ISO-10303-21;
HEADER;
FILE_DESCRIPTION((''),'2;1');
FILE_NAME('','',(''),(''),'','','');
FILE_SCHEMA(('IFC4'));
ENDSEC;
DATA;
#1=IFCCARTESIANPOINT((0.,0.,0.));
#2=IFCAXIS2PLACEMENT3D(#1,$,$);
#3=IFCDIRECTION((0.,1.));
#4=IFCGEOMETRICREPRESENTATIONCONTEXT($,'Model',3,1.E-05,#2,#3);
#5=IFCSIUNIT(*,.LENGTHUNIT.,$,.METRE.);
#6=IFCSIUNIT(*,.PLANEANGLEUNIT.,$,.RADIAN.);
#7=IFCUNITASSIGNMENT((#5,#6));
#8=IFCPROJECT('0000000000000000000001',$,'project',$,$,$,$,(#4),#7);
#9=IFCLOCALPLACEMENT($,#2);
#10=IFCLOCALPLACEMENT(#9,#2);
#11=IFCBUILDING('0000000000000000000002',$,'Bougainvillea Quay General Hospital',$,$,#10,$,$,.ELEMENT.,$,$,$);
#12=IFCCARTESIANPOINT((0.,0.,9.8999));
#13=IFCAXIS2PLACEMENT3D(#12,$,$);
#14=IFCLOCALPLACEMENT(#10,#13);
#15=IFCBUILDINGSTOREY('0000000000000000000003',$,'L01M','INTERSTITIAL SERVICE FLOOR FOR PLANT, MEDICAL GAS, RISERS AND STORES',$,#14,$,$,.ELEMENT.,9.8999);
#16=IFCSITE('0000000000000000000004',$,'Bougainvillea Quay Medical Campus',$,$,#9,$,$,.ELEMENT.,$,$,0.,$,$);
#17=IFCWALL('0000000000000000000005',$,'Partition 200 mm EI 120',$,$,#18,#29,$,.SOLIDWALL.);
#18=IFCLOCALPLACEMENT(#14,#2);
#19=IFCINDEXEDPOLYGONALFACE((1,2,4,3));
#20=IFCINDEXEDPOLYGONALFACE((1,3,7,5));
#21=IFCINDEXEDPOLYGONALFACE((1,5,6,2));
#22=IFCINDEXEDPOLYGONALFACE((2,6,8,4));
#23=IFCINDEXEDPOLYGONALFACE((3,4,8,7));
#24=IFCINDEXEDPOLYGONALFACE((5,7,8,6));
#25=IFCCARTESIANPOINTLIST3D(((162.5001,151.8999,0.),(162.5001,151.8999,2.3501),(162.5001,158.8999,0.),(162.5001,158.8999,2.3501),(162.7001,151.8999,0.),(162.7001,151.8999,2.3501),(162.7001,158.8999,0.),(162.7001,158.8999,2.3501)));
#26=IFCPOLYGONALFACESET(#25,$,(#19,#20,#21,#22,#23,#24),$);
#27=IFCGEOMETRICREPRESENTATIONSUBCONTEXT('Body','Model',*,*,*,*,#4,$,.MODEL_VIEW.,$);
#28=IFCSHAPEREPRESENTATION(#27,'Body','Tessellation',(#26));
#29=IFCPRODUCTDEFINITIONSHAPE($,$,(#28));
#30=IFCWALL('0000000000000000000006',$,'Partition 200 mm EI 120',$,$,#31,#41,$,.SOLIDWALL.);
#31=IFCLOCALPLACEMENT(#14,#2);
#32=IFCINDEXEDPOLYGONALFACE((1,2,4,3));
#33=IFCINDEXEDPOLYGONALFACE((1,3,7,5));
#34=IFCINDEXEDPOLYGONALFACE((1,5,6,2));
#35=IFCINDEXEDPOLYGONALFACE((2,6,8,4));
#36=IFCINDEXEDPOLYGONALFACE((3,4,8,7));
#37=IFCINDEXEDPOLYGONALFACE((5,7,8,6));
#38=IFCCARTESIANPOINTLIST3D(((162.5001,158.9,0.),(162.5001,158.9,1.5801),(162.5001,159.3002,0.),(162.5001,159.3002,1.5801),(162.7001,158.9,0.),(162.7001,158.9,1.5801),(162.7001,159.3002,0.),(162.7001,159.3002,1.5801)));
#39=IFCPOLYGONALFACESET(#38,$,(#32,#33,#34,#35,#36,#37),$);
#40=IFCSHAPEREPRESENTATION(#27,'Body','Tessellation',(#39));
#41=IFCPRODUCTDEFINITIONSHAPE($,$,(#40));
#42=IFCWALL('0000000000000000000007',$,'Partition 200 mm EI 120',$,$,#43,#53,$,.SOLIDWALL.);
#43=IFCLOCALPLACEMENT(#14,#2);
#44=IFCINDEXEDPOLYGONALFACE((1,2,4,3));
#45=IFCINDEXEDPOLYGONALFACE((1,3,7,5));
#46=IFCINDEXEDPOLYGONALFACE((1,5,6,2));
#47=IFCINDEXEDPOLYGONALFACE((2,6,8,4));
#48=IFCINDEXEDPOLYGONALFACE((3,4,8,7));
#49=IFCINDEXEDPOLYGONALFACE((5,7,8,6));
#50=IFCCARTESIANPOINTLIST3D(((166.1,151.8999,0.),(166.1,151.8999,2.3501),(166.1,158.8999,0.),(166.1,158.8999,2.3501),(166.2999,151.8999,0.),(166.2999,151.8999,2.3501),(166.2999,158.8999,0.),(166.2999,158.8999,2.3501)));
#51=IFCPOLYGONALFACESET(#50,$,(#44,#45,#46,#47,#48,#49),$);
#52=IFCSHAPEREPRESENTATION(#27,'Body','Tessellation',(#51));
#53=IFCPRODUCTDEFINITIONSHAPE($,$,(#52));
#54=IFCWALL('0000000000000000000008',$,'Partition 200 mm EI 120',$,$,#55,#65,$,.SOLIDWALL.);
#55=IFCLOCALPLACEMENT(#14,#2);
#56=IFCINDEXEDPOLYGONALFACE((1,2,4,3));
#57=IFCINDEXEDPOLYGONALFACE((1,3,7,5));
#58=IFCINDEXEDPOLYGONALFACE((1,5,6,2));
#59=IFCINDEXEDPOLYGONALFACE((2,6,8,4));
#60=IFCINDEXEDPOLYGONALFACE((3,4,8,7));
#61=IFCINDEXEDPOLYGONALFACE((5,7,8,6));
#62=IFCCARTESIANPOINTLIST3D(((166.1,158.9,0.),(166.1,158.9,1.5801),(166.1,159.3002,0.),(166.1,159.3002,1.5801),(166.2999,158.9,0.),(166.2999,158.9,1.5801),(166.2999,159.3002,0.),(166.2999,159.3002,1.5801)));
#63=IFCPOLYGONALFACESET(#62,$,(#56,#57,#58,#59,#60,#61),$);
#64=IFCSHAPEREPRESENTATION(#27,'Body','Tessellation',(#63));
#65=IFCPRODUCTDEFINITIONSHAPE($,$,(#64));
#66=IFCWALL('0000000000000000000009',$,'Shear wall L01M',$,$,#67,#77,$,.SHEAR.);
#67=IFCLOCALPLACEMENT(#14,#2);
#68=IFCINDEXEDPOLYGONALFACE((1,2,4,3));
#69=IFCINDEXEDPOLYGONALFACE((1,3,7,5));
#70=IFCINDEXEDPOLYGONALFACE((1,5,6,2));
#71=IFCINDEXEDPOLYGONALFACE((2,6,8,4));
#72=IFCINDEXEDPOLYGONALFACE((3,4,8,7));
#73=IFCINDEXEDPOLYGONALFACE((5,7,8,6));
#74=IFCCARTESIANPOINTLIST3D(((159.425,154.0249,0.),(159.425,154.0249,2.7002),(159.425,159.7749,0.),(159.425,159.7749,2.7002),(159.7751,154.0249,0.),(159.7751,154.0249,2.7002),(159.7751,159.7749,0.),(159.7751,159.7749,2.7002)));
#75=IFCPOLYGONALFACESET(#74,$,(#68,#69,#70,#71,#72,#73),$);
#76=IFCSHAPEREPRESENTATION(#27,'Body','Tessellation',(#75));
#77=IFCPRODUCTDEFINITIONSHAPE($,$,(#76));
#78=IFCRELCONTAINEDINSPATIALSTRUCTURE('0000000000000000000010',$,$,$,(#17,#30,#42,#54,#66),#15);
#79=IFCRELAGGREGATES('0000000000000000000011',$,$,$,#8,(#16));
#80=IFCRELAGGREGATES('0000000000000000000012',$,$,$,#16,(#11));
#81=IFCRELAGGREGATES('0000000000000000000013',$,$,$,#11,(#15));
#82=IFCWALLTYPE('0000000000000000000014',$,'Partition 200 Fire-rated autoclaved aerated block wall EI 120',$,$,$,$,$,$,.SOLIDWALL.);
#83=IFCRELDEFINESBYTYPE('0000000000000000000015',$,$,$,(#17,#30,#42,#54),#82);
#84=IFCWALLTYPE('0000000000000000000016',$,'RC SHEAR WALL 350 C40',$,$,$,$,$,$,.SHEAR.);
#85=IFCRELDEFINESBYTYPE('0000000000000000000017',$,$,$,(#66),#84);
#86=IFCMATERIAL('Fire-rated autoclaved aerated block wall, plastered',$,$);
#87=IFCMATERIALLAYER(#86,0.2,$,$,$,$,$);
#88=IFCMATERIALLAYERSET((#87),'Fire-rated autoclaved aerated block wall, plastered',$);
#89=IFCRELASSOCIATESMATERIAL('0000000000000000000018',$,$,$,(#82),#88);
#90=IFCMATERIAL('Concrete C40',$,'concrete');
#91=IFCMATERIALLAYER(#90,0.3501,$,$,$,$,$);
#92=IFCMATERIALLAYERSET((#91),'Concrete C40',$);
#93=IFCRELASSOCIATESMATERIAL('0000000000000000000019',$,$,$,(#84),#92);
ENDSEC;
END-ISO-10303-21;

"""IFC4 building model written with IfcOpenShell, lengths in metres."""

from ifc_helpers import new_model, si_unit, direction, frame, frame_2d, origin, place, context, subcontext, project, spatial, rectangle, extrude, material, layer, layer_set, type_object, element, save


model = new_model("IFC4")

# Units and contexts
model_context = context("Model", 3, precision=1e-05, world=origin(), true_north=direction((0.0, 1.0)))
body_context = subcontext(model_context, "Body", "Model", "MODEL_VIEW")
ifc_project = project(units=[si_unit("LENGTHUNIT", "METRE"), si_unit("PLANEANGLEUNIT", "RADIAN")], contexts=[model_context])

# Site, building, storey
site_placement = place(None, origin())
site = spatial("IfcSite", under=ifc_project, at=site_placement, Name="Bougainvillea Quay Medical Campus", CompositionType="ELEMENT", RefElevation=0.0)
building_placement = place(site_placement, origin())
building = spatial("IfcBuilding", under=site, at=building_placement, Name="Bougainvillea Quay General Hospital", CompositionType="ELEMENT")
storey_placement = place(building_placement, frame((0.0, 0.0, 9.8999)))
storey = spatial("IfcBuildingStorey", under=building, at=storey_placement, Name="L01M", Description="INTERSTITIAL SERVICE FLOOR FOR PLANT, MEDICAL GAS, RISERS AND STORES", CompositionType="ELEMENT", Elevation=9.8999)

# Shared definitions
ifc_material_1 = material(Name="Fire-rated autoclaved aerated block wall, plastered")
ifc_layer_1 = layer(ifc_material_1, 0.2)
ifc_layer_set_1 = layer_set([ifc_layer_1], Name="Fire-rated autoclaved aerated block wall, plastered")
wall_type_1 = type_object("IfcWallType", Name="Partition 200 Fire-rated autoclaved aerated block wall EI 120", PredefinedType="SOLIDWALL", material=ifc_layer_set_1)

# Walls
wall_1_placement = place(storey_placement, frame((162.6001, 151.8999, 0.0), z_axis=(0.0, 0.0, 1.0), x_axis=(0.0, 1.0, 0.0)))
element("IfcWall", 1, at=wall_1_placement, inside=storey, type_object=wall_type_1, Name="Partition 200 mm EI 120", PredefinedType="SOLIDWALL", context=body_context, shape_type="SweptSolid", body=[
    extrude(rectangle(XDim=7.0, YDim=0.2, at=frame_2d((3.5, 0.0))), origin(), (0.0, 0.0, 1.0), 2.3501),
])
wall_2_placement = place(storey_placement, frame((162.6001, 158.8999, 0.0), z_axis=(0.0, 0.0, 1.0), x_axis=(0.0, 1.0, 0.0)))
element("IfcWall", 2, at=wall_2_placement, inside=storey, type_object=wall_type_1, Name="Partition 200 mm EI 120", PredefinedType="SOLIDWALL", context=body_context, shape_type="SweptSolid", body=[
    extrude(rectangle(XDim=0.4001, YDim=0.2, at=frame_2d((0.2002, 0.0))), origin(), (0.0, 0.0, 1.0), 1.5801),
])
wall_3_placement = place(storey_placement, frame((166.2, 151.8999, 0.0), z_axis=(0.0, 0.0, 1.0), x_axis=(0.0, 1.0, 0.0)))
element("IfcWall", 3, at=wall_3_placement, inside=storey, type_object=wall_type_1, Name="Partition 200 mm EI 120", PredefinedType="SOLIDWALL", context=body_context, shape_type="SweptSolid", body=[
    extrude(rectangle(XDim=7.0, YDim=0.2, at=frame_2d((3.5, 0.0))), origin(), (0.0, 0.0, 1.0), 2.3501),
])
wall_4_placement = place(storey_placement, frame((166.2, 158.8999, 0.0), z_axis=(0.0, 0.0, 1.0), x_axis=(0.0, 1.0, 0.0)))
element("IfcWall", 4, at=wall_4_placement, inside=storey, type_object=wall_type_1, Name="Partition 200 mm EI 120", PredefinedType="SOLIDWALL", context=body_context, shape_type="SweptSolid", body=[
    extrude(rectangle(XDim=0.4001, YDim=0.2, at=frame_2d((0.2002, 0.0))), origin(), (0.0, 0.0, 1.0), 1.5801),
])
ifc_material_2 = material(Name="Concrete C40", Category="concrete")
ifc_layer_2 = layer(ifc_material_2, 0.3501)
ifc_layer_set_2 = layer_set([ifc_layer_2], Name="Concrete C40")
wall_type_2 = type_object("IfcWallType", Name="RC SHEAR WALL 350 C40", PredefinedType="SHEAR", material=ifc_layer_set_2)
wall_5_placement = place(storey_placement, frame((159.6001, 154.0249, 0.0), z_axis=(0.0, 0.0, 1.0), x_axis=(0.0, 1.0, 0.0)))
element("IfcWall", 5, at=wall_5_placement, inside=storey, type_object=wall_type_2, Name="Shear wall L01M", PredefinedType="SHEAR", context=body_context, shape_type="SweptSolid", body=[
    extrude(rectangle(XDim=5.75, YDim=0.3501, at=frame_2d((2.875, 0.0))), origin(), (0.0, 0.0, 1.0), 2.7002),
])

save(model, "model.ifc")
